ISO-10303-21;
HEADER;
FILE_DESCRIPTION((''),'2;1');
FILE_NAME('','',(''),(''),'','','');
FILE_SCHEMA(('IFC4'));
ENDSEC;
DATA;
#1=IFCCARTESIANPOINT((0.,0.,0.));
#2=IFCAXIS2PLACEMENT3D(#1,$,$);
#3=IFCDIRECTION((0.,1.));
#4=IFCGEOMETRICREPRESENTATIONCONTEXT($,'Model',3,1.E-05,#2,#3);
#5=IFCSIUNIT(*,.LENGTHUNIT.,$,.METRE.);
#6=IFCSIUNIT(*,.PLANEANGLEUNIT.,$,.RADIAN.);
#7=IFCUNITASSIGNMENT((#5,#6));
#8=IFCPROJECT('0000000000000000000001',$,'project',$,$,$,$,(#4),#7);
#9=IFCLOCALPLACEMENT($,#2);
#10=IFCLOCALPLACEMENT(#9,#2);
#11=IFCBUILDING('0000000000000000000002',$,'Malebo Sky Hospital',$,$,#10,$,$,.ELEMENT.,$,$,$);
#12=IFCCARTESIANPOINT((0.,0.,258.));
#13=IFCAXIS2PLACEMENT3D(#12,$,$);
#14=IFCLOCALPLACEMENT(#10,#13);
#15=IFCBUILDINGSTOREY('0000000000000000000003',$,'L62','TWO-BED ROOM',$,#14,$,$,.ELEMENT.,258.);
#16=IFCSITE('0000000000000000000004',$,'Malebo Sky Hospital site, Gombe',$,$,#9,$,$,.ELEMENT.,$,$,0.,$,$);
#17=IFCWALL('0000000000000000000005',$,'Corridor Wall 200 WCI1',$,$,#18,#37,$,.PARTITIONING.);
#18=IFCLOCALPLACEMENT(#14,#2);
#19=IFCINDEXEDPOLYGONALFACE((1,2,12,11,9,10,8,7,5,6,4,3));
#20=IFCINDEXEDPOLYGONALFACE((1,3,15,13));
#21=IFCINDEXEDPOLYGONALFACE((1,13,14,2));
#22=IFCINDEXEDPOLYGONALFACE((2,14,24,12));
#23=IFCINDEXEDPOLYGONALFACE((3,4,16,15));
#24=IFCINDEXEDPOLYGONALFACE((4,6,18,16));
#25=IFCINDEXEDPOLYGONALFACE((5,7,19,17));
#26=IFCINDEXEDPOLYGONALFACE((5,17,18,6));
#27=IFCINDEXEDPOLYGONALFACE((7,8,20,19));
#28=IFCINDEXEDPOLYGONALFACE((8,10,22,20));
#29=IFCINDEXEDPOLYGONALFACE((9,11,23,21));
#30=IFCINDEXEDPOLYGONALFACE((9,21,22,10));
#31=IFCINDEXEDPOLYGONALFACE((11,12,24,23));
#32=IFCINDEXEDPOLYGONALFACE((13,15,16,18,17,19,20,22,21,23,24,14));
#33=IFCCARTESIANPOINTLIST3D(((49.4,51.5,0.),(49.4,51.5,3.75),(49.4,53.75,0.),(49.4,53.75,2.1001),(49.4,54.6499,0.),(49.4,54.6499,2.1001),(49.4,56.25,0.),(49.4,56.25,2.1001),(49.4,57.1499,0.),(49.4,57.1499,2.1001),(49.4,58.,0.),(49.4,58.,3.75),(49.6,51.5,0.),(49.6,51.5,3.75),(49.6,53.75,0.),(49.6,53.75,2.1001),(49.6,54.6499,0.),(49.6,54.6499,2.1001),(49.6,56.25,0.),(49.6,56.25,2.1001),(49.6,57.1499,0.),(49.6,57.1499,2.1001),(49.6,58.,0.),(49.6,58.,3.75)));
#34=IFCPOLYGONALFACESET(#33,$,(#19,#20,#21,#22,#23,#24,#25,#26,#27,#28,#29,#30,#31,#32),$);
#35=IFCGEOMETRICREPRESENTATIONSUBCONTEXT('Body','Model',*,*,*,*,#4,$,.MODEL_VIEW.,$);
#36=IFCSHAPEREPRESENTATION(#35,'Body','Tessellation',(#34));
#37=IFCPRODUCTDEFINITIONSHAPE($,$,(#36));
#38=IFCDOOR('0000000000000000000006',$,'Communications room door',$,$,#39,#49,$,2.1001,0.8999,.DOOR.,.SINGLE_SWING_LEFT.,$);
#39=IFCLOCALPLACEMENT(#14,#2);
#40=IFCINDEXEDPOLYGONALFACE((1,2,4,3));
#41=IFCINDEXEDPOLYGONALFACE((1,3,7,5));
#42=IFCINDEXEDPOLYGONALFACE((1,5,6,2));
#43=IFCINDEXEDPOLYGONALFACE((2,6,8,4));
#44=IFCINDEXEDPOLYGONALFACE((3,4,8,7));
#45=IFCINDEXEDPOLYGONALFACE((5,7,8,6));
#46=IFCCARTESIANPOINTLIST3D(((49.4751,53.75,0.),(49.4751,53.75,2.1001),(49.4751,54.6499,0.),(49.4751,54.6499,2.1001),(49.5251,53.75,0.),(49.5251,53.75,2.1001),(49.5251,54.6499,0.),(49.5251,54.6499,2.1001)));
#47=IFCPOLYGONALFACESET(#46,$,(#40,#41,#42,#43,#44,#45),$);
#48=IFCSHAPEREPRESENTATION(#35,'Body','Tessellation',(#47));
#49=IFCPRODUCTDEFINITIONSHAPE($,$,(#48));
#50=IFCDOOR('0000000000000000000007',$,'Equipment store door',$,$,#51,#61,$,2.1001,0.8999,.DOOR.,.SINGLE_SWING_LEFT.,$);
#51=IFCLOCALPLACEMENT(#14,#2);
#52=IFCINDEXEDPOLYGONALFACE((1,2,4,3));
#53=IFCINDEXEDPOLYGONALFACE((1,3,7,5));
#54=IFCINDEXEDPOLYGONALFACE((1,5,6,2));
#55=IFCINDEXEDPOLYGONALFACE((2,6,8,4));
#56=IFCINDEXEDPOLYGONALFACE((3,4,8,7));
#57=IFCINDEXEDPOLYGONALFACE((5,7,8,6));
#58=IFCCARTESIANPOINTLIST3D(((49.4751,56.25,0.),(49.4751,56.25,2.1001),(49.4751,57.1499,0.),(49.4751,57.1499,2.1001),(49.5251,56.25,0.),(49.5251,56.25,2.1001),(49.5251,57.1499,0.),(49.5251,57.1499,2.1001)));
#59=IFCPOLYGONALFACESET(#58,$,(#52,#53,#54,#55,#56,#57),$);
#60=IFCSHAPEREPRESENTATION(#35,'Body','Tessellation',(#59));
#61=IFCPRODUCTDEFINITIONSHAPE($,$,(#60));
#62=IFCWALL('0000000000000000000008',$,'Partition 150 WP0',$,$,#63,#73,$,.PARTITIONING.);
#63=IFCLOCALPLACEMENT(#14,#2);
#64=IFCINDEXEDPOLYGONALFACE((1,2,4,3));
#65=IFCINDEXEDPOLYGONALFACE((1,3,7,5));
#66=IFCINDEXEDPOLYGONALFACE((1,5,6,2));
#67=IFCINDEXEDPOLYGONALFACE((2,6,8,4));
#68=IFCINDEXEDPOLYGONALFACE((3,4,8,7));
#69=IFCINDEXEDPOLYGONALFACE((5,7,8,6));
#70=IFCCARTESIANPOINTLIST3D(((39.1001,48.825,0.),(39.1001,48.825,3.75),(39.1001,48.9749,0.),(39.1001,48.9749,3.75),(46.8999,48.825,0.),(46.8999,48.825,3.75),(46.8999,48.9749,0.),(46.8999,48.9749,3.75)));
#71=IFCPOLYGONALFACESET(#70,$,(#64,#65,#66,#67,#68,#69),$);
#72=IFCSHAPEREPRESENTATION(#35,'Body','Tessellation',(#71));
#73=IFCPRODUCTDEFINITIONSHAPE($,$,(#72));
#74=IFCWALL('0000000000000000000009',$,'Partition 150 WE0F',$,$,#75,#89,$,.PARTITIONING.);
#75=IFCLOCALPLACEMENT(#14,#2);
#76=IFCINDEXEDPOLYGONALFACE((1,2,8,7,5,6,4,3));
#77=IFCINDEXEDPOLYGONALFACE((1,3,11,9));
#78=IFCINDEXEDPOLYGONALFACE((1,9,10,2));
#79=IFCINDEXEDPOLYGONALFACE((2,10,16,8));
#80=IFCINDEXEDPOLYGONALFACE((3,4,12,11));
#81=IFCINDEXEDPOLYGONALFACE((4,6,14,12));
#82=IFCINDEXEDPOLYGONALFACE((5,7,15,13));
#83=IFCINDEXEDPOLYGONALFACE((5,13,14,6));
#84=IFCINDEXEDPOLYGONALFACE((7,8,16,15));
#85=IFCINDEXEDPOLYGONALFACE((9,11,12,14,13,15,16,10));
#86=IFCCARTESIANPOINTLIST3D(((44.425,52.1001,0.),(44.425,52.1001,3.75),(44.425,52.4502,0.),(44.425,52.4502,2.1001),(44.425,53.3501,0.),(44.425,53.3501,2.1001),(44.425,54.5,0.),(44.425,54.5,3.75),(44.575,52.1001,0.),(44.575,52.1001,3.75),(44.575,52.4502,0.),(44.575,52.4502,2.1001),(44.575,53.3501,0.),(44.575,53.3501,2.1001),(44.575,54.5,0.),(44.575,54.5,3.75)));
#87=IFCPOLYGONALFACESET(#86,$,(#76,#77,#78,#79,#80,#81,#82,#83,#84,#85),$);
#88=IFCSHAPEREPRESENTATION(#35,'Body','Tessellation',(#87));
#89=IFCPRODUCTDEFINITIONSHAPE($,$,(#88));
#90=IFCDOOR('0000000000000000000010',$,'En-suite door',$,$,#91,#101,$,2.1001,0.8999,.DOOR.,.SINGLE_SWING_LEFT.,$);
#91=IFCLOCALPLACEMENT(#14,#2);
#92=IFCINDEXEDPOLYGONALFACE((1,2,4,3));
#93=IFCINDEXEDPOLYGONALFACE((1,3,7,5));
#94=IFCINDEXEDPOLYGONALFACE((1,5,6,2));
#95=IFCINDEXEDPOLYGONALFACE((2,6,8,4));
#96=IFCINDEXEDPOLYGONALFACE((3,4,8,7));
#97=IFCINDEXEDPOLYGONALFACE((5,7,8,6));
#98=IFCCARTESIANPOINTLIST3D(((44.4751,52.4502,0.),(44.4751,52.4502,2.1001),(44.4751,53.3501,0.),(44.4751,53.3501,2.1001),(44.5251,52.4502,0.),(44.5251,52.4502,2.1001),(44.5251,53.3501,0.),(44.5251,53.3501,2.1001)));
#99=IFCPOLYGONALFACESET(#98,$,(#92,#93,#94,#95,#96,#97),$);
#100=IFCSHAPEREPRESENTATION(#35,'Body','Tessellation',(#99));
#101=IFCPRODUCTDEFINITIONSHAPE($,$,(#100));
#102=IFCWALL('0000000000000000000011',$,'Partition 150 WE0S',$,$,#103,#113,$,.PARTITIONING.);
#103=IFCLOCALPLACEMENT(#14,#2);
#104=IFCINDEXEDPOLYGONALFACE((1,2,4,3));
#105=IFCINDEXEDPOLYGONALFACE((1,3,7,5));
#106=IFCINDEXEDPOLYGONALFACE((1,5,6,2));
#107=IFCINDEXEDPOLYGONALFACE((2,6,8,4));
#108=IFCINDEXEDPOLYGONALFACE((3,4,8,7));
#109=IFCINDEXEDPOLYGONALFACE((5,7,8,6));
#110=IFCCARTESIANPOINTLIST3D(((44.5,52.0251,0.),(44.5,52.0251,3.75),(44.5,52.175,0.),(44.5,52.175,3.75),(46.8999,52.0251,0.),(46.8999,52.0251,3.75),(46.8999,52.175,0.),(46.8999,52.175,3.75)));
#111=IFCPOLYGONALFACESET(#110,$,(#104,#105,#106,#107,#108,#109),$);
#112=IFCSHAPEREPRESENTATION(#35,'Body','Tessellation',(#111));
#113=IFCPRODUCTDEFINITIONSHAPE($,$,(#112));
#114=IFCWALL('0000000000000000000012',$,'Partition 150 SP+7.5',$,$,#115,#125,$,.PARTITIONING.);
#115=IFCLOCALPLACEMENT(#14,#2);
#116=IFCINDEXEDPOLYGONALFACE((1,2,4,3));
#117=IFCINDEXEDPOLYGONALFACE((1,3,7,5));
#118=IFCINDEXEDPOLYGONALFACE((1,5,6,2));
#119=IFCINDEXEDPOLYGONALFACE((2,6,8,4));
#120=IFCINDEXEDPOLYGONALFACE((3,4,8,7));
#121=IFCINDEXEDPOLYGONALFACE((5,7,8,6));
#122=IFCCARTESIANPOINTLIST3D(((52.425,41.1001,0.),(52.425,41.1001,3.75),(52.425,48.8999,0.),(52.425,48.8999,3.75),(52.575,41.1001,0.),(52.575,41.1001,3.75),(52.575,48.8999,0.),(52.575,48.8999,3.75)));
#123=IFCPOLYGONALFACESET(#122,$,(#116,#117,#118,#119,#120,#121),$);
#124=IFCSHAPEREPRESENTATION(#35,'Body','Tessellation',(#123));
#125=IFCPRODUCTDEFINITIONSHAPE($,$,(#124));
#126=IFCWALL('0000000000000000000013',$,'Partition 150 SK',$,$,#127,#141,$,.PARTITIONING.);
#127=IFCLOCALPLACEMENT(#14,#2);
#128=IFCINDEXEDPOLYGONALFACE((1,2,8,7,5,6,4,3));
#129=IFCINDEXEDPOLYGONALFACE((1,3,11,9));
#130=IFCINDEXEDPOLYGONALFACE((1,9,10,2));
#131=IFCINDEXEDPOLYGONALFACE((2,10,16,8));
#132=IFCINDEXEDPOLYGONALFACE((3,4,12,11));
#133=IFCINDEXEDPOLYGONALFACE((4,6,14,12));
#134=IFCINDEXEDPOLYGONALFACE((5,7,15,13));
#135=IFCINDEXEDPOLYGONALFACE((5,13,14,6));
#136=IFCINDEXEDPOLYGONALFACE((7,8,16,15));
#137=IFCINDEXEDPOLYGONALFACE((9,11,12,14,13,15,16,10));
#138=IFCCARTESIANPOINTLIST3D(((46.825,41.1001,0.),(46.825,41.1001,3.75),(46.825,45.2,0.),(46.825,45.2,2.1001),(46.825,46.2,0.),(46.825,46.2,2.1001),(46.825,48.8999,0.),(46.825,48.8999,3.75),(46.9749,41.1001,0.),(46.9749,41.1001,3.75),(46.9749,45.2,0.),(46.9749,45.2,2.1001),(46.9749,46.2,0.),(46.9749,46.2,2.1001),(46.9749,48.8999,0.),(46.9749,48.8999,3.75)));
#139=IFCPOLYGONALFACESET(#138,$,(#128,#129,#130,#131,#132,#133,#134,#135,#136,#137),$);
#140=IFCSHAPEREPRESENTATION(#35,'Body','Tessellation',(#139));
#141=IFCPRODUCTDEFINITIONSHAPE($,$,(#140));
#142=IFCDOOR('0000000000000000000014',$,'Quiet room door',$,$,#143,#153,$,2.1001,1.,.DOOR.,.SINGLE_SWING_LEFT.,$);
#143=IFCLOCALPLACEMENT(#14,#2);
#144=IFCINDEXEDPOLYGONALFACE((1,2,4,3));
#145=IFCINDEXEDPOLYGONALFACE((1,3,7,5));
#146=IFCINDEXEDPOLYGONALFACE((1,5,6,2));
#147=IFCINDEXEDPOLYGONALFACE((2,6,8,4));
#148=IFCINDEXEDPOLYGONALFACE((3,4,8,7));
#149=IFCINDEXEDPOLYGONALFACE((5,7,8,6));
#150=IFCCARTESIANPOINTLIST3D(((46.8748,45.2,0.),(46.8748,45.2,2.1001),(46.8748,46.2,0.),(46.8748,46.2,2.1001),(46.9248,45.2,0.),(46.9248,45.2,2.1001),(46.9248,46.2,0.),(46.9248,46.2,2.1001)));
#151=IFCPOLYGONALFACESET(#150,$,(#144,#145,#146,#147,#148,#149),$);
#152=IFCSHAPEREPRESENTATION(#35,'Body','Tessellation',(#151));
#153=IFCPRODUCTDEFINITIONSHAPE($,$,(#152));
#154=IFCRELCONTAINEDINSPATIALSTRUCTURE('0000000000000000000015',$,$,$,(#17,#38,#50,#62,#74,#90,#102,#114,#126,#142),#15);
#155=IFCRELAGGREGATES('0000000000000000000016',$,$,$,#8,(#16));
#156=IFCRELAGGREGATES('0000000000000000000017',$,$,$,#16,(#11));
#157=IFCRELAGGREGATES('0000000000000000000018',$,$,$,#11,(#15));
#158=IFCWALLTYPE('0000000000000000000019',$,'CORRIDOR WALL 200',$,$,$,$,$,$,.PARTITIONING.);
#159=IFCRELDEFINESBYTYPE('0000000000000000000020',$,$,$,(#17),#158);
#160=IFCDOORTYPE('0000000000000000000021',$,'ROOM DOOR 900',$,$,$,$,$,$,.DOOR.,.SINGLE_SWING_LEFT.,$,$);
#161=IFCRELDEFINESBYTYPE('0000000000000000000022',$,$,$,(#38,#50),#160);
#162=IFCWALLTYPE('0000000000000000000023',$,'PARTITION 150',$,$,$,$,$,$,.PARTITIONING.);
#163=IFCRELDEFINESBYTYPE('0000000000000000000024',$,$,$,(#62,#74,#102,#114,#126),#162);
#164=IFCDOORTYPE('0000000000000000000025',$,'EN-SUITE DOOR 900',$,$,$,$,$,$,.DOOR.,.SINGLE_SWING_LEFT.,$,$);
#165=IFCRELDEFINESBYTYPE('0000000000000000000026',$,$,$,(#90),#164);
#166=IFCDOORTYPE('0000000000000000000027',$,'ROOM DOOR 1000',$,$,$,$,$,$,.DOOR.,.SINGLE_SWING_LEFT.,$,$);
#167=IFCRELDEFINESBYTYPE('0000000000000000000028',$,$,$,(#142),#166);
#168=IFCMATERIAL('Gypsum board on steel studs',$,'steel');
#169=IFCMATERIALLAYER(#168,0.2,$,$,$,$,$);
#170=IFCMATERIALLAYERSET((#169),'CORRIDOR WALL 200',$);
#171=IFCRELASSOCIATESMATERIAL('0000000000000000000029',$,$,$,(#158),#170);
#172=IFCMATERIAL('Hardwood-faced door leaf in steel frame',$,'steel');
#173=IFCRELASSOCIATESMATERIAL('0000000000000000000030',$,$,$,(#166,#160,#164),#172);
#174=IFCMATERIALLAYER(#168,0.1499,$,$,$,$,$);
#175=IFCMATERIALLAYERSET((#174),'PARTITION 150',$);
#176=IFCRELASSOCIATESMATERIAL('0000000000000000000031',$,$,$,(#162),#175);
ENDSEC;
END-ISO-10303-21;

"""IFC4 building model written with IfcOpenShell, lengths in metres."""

from ifc_helpers import new_model, si_unit, direction, frame, frame_2d, origin, place, context, subcontext, project, spatial, rectangle, extrude, material, layer, layer_set, type_object, element, fill, save


model = new_model("IFC4")

# Units and contexts
model_context = context("Model", 3, precision=1e-05, world=origin(), true_north=direction((0.0, 1.0)))
body_context = subcontext(model_context, "Body", "Model", "MODEL_VIEW")
ifc_project = project(units=[si_unit("LENGTHUNIT", "METRE"), si_unit("PLANEANGLEUNIT", "RADIAN")], contexts=[model_context])

# Site, building, storey
site_placement = place(None, origin())
site = spatial("IfcSite", under=ifc_project, at=site_placement, Name="Malebo Sky Hospital site, Gombe", CompositionType="ELEMENT", RefElevation=0.0)
building_placement = place(site_placement, origin())
building = spatial("IfcBuilding", under=site, at=building_placement, Name="Malebo Sky Hospital", CompositionType="ELEMENT")
storey_placement = place(building_placement, frame((0.0, 0.0, 258.0)))
storey = spatial("IfcBuildingStorey", under=building, at=storey_placement, Name="L62", Description="TWO-BED ROOM", CompositionType="ELEMENT", Elevation=258.0)

# Wall, openings, doors
ifc_material_1 = material(Name="Gypsum board on steel studs", Category="steel")
ifc_layer_1 = layer(ifc_material_1, 0.2)
ifc_layer_set_1 = layer_set([ifc_layer_1], Name="CORRIDOR WALL 200")
wall_type_1 = type_object("IfcWallType", Name="CORRIDOR WALL 200", PredefinedType="PARTITIONING", material=ifc_layer_set_1)
ifc_material_2 = material(Name="Hardwood-faced door leaf in steel frame", Category="steel")
door_type_1 = type_object("IfcDoorType", Name="ROOM DOOR 1000", OperationType="SINGLE_SWING_LEFT", PredefinedType="DOOR", material=ifc_material_2)
wall_1_placement = place(storey_placement, frame((49.5, 51.5, 0.0), z_axis=(0.0, 0.0, 1.0), x_axis=(0.0, 1.0, 0.0)))
wall_1 = element("IfcWall", 1, at=wall_1_placement, inside=storey, type_object=wall_type_1, Name="Corridor Wall 200 WCI1", PredefinedType="PARTITIONING", context=body_context, shape_type="SweptSolid", body=[
    extrude(rectangle(XDim=6.5, YDim=0.2, at=frame_2d((3.25, 0.0))), origin(), (0.0, 0.0, 1.0), 3.75),
])
opening_1_placement = place(wall_1_placement, frame((2.25, 0.0, 0.0)))
opening_1 = element("IfcOpeningElement", 2, at=opening_1_placement, cuts=wall_1, PredefinedType="OPENING", context=body_context, shape_type="SweptSolid", body=[
    extrude(rectangle(XDim=0.8999, YDim=2.1001, at=frame_2d((0.45, 1.05))), frame((0.0, 0.1099, 0.0), z_axis=(0.0, -1.0, 0.0), x_axis=(1.0, 0.0, 0.0)), (0.0, 0.0, 1.0), 0.22),
])
opening_2_placement = place(wall_1_placement, frame((4.75, 0.0, 0.0)))
opening_2 = element("IfcOpeningElement", 3, at=opening_2_placement, cuts=wall_1, PredefinedType="OPENING", context=body_context, shape_type="SweptSolid", body=[
    extrude(rectangle(XDim=0.8999, YDim=2.1001, at=frame_2d((0.45, 1.05))), frame((0.0, 0.1099, 0.0), z_axis=(0.0, -1.0, 0.0), x_axis=(1.0, 0.0, 0.0)), (0.0, 0.0, 1.0), 0.22),
])
door_type_2 = type_object("IfcDoorType", Name="ROOM DOOR 900", OperationType="SINGLE_SWING_LEFT", PredefinedType="DOOR", material=ifc_material_2)
door_1_placement = place(opening_1_placement, origin())
door_1 = element("IfcDoor", 4, at=door_1_placement, inside=storey, type_object=door_type_2, Name="Communications room door", OperationType="SINGLE_SWING_LEFT", OverallHeight=2.1001, OverallWidth=0.8999, PredefinedType="DOOR", context=body_context, shape_type="SweptSolid", body=[
    extrude(rectangle(XDim=0.8999, YDim=2.1001, at=frame_2d((0.45, 1.05))), frame((0.0, 0.0249, 0.0), z_axis=(0.0, -1.0, 0.0), x_axis=(1.0, 0.0, 0.0)), (0.0, 0.0, 1.0), 0.05),
])
fill(opening_1, door_1)
door_2_placement = place(opening_2_placement, origin())
door_2 = element("IfcDoor", 5, at=door_2_placement, inside=storey, type_object=door_type_2, Name="Equipment store door", OperationType="SINGLE_SWING_LEFT", OverallHeight=2.1001, OverallWidth=0.8999, PredefinedType="DOOR", context=body_context, shape_type="SweptSolid", body=[
    extrude(rectangle(XDim=0.8999, YDim=2.1001, at=frame_2d((0.45, 1.05))), frame((0.0, 0.0249, 0.0), z_axis=(0.0, -1.0, 0.0), x_axis=(1.0, 0.0, 0.0)), (0.0, 0.0, 1.0), 0.05),
])
fill(opening_2, door_2)

# Wall
ifc_layer_2 = layer(ifc_material_1, 0.1499)
ifc_layer_set_2 = layer_set([ifc_layer_2], Name="PARTITION 150")
wall_type_2 = type_object("IfcWallType", Name="PARTITION 150", PredefinedType="PARTITIONING", material=ifc_layer_set_2)
wall_2_placement = place(storey_placement, frame((46.8999, 48.8999, 0.0), z_axis=(0.0, 0.0, 1.0), x_axis=(-1.0, 0.0, 0.0)))
element("IfcWall", 6, at=wall_2_placement, inside=storey, type_object=wall_type_2, Name="Partition 150 WP0", PredefinedType="PARTITIONING", context=body_context, shape_type="SweptSolid", body=[
    extrude(rectangle(XDim=7.7998, YDim=0.1499, at=frame_2d((3.8999, 0.0))), origin(), (0.0, 0.0, 1.0), 3.75),
])

# Wall, opening, door
wall_3_placement = place(storey_placement, frame((44.5, 52.1001, 0.0), z_axis=(0.0, 0.0, 1.0), x_axis=(0.0, 1.0, 0.0)))
wall_3 = element("IfcWall", 7, at=wall_3_placement, inside=storey, type_object=wall_type_2, Name="Partition 150 WE0F", PredefinedType="PARTITIONING", context=body_context, shape_type="SweptSolid", body=[
    extrude(rectangle(XDim=2.3999, YDim=0.1499, at=frame_2d((1.2, 0.0))), origin(), (0.0, 0.0, 1.0), 3.75),
])
opening_3_placement = place(wall_3_placement, frame((0.3501, 0.0, 0.0)))
opening_3 = element("IfcOpeningElement", 8, at=opening_3_placement, cuts=wall_3, PredefinedType="OPENING", context=body_context, shape_type="SweptSolid", body=[
    extrude(rectangle(XDim=0.8999, YDim=2.1001, at=frame_2d((0.45, 1.05))), frame((0.0, 0.085, 0.0), z_axis=(0.0, -1.0, 0.0), x_axis=(1.0, 0.0, 0.0)), (0.0, 0.0, 1.0), 0.1699),
])
door_type_3 = type_object("IfcDoorType", Name="EN-SUITE DOOR 900", OperationType="SINGLE_SWING_LEFT", PredefinedType="DOOR", material=ifc_material_2)
door_3_placement = place(opening_3_placement, origin())
door_3 = element("IfcDoor", 9, at=door_3_placement, inside=storey, type_object=door_type_3, Name="En-suite door", OperationType="SINGLE_SWING_LEFT", OverallHeight=2.1001, OverallWidth=0.8999, PredefinedType="DOOR", context=body_context, shape_type="SweptSolid", body=[
    extrude(rectangle(XDim=0.8999, YDim=2.1001, at=frame_2d((0.45, 1.05))), frame((0.0, 0.0249, 0.0), z_axis=(0.0, -1.0, 0.0), x_axis=(1.0, 0.0, 0.0)), (0.0, 0.0, 1.0), 0.05),
])
fill(opening_3, door_3)

# Walls
wall_4_placement = place(storey_placement, frame((46.8999, 52.1001, 0.0), z_axis=(0.0, 0.0, 1.0), x_axis=(-1.0, 0.0, 0.0)))
element("IfcWall", 10, at=wall_4_placement, inside=storey, type_object=wall_type_2, Name="Partition 150 WE0S", PredefinedType="PARTITIONING", context=body_context, shape_type="SweptSolid", body=[
    extrude(rectangle(XDim=2.3999, YDim=0.1499, at=frame_2d((1.2, 0.0))), origin(), (0.0, 0.0, 1.0), 3.75),
])
wall_5_placement = place(storey_placement, frame((52.5, 48.8999, 0.0), z_axis=(0.0, 0.0, 1.0), x_axis=(0.0, -1.0, 0.0)))
element("IfcWall", 11, at=wall_5_placement, inside=storey, type_object=wall_type_2, Name="Partition 150 SP+7.5", PredefinedType="PARTITIONING", context=body_context, shape_type="SweptSolid", body=[
    extrude(rectangle(XDim=7.7998, YDim=0.1499, at=frame_2d((3.8999, 0.0))), origin(), (0.0, 0.0, 1.0), 3.75),
])

# Wall, opening, door
wall_6_placement = place(storey_placement, frame((46.8999, 48.8999, 0.0), z_axis=(0.0, 0.0, 1.0), x_axis=(0.0, -1.0, 0.0)))
wall_6 = element("IfcWall", 12, at=wall_6_placement, inside=storey, type_object=wall_type_2, Name="Partition 150 SK", PredefinedType="PARTITIONING", context=body_context, shape_type="SweptSolid", body=[
    extrude(rectangle(XDim=7.7998, YDim=0.1499, at=frame_2d((3.8999, 0.0))), origin(), (0.0, 0.0, 1.0), 3.75),
])
opening_4_placement = place(wall_6_placement, frame((2.7, 0.0, 0.0)))
opening_4 = element("IfcOpeningElement", 13, at=opening_4_placement, cuts=wall_6, PredefinedType="OPENING", context=body_context, shape_type="SweptSolid", body=[
    extrude(rectangle(XDim=1.0, YDim=2.1001, at=frame_2d((0.5, 1.05))), frame((0.0, 0.085, 0.0), z_axis=(0.0, -1.0, 0.0), x_axis=(1.0, 0.0, 0.0)), (0.0, 0.0, 1.0), 0.1699),
])
door_4_placement = place(opening_4_placement, origin())
door_4 = element("IfcDoor", 14, at=door_4_placement, inside=storey, type_object=door_type_1, Name="Quiet room door", OperationType="SINGLE_SWING_LEFT", OverallHeight=2.1001, OverallWidth=1.0, PredefinedType="DOOR", context=body_context, shape_type="SweptSolid", body=[
    extrude(rectangle(XDim=1.0, YDim=2.1001, at=frame_2d((0.5, 1.05))), frame((0.0, 0.0249, 0.0), z_axis=(0.0, -1.0, 0.0), x_axis=(1.0, 0.0, 0.0)), (0.0, 0.0, 1.0), 0.05),
])
fill(opening_4, door_4)

save(model, "model.ifc")
